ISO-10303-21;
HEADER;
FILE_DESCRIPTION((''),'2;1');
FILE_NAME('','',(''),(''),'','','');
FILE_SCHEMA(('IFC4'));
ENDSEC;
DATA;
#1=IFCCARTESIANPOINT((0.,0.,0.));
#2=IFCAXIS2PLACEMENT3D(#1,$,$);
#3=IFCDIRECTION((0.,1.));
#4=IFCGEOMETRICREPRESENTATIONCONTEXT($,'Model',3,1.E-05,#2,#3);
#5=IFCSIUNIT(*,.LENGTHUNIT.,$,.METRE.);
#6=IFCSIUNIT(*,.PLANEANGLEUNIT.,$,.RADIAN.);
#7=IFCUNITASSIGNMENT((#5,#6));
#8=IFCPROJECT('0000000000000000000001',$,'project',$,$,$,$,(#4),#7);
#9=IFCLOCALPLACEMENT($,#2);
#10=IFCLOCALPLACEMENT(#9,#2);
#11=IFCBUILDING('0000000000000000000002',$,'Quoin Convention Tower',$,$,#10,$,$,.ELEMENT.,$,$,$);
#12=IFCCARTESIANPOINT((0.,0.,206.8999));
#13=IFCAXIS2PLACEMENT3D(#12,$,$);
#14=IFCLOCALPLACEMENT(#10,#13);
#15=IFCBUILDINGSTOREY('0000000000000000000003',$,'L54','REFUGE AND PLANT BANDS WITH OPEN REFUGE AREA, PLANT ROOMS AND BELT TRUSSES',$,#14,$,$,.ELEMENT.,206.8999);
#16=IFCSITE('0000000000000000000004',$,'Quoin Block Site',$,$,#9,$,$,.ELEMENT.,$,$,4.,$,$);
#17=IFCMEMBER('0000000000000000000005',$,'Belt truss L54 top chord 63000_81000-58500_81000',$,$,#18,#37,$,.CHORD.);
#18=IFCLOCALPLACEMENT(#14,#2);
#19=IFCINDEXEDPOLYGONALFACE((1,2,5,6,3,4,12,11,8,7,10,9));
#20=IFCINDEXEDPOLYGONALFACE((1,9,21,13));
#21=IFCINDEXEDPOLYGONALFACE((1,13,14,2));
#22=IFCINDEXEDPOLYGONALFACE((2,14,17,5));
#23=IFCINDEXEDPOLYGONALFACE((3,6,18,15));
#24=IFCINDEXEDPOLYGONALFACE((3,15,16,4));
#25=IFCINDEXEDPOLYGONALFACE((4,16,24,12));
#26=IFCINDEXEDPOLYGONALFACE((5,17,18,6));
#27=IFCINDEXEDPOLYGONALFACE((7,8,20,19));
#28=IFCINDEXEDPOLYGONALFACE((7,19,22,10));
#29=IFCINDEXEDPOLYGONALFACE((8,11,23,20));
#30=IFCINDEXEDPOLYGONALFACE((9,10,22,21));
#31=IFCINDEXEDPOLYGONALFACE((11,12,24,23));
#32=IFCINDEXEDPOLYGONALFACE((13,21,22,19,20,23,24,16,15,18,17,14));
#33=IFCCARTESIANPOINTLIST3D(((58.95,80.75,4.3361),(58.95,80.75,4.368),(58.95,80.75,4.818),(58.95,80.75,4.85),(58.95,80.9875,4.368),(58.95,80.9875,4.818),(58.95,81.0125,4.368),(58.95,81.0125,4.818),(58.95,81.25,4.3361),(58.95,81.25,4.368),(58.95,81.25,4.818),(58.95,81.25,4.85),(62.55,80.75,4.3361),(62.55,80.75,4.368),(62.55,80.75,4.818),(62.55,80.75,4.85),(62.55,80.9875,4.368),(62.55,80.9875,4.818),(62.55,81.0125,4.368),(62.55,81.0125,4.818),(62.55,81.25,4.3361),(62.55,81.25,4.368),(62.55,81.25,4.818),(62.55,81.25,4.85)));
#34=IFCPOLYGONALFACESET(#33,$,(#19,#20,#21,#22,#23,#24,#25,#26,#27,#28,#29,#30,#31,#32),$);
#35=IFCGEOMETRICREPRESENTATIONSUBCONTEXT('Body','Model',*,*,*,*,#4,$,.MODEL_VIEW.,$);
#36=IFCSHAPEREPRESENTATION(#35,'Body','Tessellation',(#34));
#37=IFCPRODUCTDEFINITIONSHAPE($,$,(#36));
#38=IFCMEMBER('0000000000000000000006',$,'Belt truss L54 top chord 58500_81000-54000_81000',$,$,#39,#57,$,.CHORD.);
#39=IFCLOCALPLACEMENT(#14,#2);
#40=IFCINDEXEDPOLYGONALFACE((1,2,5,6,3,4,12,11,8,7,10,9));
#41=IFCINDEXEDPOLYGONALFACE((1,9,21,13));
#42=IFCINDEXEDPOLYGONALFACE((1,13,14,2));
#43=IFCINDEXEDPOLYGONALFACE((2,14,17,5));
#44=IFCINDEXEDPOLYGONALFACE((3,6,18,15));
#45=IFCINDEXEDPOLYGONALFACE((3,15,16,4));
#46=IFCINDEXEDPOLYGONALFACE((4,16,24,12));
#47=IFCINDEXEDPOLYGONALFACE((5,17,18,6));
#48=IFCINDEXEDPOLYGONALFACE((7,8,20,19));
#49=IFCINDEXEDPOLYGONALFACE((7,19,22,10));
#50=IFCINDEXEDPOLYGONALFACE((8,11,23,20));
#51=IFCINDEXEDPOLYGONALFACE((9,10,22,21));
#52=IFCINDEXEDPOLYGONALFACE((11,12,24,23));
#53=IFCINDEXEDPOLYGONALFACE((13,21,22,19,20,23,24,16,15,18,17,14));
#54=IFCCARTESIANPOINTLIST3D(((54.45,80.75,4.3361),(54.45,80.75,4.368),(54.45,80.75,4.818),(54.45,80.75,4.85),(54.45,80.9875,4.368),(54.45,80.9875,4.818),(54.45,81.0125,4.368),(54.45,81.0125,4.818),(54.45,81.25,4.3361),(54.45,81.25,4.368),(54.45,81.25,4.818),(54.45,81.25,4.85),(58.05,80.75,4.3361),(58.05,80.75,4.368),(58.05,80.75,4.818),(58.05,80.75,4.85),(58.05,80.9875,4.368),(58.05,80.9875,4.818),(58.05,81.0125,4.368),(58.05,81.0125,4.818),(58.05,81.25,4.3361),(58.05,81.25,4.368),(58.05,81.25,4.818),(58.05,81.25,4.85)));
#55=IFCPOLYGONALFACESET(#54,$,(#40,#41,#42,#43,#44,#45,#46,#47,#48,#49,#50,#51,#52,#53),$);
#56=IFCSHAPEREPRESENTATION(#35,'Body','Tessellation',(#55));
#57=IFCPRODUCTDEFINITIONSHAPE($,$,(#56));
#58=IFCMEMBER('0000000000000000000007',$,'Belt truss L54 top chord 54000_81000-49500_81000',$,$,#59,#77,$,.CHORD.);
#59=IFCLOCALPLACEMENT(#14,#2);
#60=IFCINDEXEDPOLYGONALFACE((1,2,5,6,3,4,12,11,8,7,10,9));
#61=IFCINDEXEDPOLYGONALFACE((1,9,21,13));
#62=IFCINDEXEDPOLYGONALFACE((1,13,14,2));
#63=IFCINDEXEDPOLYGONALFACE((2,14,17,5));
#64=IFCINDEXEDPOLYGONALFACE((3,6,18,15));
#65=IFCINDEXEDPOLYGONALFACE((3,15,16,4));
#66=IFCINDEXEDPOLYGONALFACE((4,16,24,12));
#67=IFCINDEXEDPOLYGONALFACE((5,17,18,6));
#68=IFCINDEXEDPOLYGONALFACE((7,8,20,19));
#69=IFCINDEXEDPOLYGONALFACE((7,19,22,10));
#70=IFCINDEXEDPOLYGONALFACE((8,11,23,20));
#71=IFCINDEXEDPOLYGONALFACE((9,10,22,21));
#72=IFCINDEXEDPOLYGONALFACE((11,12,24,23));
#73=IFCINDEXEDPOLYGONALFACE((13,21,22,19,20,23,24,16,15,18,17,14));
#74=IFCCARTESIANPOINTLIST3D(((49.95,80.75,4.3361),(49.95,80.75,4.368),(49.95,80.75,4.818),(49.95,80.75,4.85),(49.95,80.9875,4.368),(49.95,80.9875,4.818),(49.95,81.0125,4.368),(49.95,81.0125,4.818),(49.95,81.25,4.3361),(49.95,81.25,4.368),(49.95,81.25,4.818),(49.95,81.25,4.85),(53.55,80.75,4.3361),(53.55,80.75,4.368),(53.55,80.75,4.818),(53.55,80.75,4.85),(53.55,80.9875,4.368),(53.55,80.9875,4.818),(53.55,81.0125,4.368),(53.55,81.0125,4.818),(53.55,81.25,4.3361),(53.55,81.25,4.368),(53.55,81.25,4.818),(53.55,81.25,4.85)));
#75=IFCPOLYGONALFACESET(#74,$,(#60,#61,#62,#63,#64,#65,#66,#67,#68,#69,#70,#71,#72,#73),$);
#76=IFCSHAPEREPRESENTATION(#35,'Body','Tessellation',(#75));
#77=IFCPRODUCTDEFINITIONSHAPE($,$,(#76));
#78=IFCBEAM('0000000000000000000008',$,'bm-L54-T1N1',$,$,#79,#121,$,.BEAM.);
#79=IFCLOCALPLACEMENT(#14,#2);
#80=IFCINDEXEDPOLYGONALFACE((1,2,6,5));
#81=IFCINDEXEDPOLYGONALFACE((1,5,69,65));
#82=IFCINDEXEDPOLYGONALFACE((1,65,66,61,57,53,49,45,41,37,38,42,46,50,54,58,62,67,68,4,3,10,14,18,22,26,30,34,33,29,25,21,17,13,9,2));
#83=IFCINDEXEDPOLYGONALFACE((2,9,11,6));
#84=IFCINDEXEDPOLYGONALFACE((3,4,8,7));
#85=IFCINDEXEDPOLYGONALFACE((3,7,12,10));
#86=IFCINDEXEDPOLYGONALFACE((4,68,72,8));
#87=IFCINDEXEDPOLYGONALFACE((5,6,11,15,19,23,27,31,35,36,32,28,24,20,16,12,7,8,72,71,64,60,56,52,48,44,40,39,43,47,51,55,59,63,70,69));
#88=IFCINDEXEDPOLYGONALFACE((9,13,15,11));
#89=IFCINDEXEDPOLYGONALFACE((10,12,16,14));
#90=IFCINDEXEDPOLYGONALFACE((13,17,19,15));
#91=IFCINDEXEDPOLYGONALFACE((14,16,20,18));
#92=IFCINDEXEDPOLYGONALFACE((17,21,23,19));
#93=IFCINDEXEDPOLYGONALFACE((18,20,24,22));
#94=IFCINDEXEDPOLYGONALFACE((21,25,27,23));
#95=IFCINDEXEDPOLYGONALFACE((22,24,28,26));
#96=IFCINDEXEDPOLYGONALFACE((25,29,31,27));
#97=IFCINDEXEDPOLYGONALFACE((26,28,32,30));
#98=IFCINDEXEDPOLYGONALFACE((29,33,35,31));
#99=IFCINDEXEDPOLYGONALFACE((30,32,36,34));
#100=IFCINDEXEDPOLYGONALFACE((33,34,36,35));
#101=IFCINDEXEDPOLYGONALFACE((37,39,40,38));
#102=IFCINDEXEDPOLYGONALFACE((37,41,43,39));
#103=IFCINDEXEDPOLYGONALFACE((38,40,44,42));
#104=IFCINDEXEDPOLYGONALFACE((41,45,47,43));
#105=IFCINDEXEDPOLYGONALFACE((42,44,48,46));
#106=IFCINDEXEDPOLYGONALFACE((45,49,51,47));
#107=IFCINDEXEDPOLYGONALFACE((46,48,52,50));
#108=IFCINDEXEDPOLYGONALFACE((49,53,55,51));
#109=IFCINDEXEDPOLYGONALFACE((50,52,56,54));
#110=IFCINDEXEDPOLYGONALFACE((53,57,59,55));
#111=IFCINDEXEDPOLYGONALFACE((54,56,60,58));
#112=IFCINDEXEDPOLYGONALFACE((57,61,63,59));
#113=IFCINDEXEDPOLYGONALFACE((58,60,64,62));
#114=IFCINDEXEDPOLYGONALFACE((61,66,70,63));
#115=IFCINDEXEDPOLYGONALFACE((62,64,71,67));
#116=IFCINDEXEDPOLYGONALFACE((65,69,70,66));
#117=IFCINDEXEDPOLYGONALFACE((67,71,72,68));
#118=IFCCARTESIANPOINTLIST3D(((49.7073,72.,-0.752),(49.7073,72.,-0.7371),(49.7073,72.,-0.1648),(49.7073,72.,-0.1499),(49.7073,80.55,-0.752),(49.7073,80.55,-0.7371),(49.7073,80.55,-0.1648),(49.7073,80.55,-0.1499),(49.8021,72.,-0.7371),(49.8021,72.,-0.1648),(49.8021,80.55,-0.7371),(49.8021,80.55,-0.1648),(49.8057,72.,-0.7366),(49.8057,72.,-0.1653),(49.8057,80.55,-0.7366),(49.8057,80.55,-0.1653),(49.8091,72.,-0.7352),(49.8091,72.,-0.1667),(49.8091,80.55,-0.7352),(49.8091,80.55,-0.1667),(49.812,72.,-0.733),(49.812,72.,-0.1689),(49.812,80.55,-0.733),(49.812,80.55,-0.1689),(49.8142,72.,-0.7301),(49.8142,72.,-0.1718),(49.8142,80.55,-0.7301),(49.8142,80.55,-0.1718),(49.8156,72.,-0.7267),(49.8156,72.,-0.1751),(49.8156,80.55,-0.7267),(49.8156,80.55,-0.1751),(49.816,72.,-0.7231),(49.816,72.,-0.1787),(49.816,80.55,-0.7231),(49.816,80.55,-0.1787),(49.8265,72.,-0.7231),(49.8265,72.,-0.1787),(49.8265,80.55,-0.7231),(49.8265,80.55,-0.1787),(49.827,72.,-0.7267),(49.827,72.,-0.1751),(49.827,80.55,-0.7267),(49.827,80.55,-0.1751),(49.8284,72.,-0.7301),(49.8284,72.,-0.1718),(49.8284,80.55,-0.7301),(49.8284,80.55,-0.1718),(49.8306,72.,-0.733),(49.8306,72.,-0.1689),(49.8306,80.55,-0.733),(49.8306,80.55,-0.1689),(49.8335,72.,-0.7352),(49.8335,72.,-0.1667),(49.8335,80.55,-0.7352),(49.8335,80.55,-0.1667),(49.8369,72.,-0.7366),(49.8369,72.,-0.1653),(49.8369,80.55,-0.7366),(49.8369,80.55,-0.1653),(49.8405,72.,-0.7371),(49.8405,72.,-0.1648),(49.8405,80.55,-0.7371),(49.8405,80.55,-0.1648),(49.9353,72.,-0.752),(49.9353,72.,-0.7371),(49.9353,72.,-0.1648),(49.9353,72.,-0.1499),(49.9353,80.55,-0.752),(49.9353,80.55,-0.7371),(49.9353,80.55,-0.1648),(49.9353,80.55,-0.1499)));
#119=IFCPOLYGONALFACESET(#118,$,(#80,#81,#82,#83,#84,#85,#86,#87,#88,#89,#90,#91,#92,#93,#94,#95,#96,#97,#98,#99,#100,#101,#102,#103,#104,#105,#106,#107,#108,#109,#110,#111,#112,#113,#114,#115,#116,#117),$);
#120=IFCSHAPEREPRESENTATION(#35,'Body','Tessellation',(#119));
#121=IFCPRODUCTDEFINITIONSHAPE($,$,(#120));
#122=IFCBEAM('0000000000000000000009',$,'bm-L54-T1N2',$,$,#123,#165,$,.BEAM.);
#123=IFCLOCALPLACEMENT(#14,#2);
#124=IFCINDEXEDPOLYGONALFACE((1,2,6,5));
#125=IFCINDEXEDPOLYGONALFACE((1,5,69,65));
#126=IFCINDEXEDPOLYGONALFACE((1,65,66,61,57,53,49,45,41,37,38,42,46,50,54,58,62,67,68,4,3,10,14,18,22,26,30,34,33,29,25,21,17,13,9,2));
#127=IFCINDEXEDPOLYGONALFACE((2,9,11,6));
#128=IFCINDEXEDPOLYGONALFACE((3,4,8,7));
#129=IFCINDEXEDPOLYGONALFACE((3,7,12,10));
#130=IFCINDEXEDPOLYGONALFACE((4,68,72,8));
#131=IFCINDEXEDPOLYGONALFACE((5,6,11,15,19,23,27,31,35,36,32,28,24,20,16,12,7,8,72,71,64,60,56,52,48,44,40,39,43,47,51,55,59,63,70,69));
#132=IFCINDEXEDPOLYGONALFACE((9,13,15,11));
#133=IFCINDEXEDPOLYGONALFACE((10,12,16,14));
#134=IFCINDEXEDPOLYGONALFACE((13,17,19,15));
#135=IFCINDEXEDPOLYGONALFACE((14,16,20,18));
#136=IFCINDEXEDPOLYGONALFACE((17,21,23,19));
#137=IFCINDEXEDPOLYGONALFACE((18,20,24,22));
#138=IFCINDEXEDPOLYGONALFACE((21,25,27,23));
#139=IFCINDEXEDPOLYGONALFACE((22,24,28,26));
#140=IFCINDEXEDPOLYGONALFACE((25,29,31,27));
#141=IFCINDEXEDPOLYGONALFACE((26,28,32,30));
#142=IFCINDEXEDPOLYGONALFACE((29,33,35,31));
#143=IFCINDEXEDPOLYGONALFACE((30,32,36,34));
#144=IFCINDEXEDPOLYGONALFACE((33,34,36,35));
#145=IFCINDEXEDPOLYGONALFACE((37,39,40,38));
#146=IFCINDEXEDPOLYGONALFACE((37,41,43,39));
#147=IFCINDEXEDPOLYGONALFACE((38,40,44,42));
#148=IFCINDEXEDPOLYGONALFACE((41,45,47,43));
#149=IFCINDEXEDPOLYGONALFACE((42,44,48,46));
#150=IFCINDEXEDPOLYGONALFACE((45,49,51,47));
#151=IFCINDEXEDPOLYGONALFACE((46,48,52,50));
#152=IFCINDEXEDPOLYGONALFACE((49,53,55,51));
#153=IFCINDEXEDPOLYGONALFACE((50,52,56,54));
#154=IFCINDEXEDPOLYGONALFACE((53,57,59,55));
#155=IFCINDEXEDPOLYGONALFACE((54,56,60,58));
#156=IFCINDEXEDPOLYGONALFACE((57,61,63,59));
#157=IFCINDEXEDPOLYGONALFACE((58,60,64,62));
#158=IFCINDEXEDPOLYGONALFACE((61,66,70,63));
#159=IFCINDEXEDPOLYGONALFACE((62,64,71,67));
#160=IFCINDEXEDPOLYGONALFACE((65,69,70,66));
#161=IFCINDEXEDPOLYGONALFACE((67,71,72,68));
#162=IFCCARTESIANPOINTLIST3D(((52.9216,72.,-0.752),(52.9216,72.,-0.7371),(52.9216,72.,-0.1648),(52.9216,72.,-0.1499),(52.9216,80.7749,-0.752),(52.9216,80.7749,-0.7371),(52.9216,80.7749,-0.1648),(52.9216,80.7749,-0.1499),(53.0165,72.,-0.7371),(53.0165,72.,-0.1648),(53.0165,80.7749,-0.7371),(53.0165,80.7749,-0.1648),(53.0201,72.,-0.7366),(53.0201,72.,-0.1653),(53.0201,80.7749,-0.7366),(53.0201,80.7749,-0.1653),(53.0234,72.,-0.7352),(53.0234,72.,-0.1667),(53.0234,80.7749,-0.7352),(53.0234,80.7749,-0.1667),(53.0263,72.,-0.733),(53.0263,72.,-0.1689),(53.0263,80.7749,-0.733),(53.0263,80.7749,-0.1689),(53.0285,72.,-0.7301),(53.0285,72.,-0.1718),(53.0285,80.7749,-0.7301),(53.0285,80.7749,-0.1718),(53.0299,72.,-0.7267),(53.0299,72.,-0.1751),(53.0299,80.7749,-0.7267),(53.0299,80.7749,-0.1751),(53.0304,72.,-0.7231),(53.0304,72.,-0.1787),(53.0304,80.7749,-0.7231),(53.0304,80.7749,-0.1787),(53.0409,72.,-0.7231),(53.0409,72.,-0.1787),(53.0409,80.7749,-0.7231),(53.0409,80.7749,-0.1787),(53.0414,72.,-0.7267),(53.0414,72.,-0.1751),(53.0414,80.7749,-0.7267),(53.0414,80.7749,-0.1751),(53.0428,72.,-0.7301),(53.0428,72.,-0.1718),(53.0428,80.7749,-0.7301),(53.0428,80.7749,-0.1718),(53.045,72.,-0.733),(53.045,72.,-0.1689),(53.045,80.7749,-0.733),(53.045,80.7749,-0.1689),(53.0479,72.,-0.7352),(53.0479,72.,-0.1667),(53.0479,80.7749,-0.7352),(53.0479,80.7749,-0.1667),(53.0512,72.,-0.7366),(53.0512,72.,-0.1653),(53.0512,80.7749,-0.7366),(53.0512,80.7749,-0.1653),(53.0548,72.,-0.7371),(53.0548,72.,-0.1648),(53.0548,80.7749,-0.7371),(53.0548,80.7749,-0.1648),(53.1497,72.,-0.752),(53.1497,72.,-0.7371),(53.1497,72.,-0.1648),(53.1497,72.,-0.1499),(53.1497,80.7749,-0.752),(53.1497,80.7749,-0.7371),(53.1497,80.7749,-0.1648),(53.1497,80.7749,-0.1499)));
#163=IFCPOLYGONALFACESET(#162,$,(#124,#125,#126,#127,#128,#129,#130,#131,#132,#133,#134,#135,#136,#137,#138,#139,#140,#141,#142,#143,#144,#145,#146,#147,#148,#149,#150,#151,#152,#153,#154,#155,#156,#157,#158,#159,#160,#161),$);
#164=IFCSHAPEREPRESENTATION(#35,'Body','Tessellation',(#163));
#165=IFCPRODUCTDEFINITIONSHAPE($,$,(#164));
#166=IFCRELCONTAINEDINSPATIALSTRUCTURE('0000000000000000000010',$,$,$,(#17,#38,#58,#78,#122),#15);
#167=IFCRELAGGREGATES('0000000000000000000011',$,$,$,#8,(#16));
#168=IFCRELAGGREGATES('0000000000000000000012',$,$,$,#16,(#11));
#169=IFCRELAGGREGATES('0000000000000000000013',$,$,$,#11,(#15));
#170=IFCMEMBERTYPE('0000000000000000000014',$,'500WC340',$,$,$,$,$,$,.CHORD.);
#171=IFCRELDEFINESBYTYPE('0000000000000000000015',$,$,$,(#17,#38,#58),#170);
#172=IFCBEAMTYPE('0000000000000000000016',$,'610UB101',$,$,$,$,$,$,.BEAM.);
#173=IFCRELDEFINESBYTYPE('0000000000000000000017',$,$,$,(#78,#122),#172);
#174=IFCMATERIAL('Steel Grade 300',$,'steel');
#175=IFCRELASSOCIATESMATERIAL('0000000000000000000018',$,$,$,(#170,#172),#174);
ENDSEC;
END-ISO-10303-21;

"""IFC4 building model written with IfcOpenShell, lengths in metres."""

from ifc_helpers import new_model, si_unit, direction, frame, origin, origin_2d, place, context, subcontext, project, spatial, i_section, extrude, material, material_profile, profile_set, type_object, element, save


model = new_model("IFC4")

# Units and contexts
model_context = context("Model", 3, precision=1e-05, world=origin(), true_north=direction((0.0, 1.0)))
body_context = subcontext(model_context, "Body", "Model", "MODEL_VIEW")
ifc_project = project(units=[si_unit("LENGTHUNIT", "METRE"), si_unit("PLANEANGLEUNIT", "RADIAN")], contexts=[model_context])

# Site, building, storey
site_placement = place(None, origin())
site = spatial("IfcSite", under=ifc_project, at=site_placement, Name="Quoin Block Site", CompositionType="ELEMENT", RefElevation=4.0)
building_placement = place(site_placement, origin())
building = spatial("IfcBuilding", under=site, at=building_placement, Name="Quoin Convention Tower", CompositionType="ELEMENT")
storey_placement = place(building_placement, frame((0.0, 0.0, 206.8999)))
storey = spatial("IfcBuildingStorey", under=building, at=storey_placement, Name="L54", Description="REFUGE AND PLANT BANDS WITH OPEN REFUGE AREA, PLANT ROOMS AND BELT TRUSSES", CompositionType="ELEMENT", Elevation=206.8999)

# Members
ifc_material_1 = material(Name="Steel Grade 300", Category="steel")
ifc_material_profile_1 = material_profile(ifc_material_1, i_section(OverallWidth=0.5, OverallDepth=0.5139, WebThickness=0.0249, FlangeThickness=0.032, at=origin_2d()), Name="500WC340")
ifc_profile_set_1 = profile_set([ifc_material_profile_1], Name="Steel Grade 300")
member_type_1 = type_object("IfcMemberType", Name="500WC340", PredefinedType="CHORD", material=ifc_profile_set_1)
for number, where, z_axis, x_axis, name in (
    (1, (62.55, 81.0, 4.593), (-1.0, 0.0, 0.0), (0.0, -1.0, 0.0), "Belt truss L54 top chord 63000_81000-58500_81000"),
    (2, (58.05, 81.0, 4.593), (-1.0, 0.0, 0.0), (0.0, -1.0, 0.0), "Belt truss L54 top chord 58500_81000-54000_81000"),
    (3, (53.55, 81.0, 4.593), (-1.0, 0.0, 0.0), (0.0, -1.0, 0.0), "Belt truss L54 top chord 54000_81000-49500_81000"),
):
    element("IfcMember", number, at=place(storey_placement, frame(where, z_axis=z_axis, x_axis=x_axis)), inside=storey, type_object=member_type_1, Name=name, PredefinedType="CHORD", context=body_context, shape_type="SweptSolid", body=[
        extrude(i_section(OverallWidth=0.5, OverallDepth=0.5139, WebThickness=0.0249, FlangeThickness=0.032, at=origin_2d()), origin(), (0.0, 0.0, 1.0), 3.6001),
    ])

# Beams
ifc_material_profile_2 = material_profile(ifc_material_1, i_section(OverallWidth=0.228, OverallDepth=0.6021, WebThickness=0.0105, FlangeThickness=0.0149, FilletRadius=0.0139, at=origin_2d()), Name="610UB101")
ifc_profile_set_2 = profile_set([ifc_material_profile_2], Name="Steel Grade 300")
beam_type_1 = type_object("IfcBeamType", Name="610UB101", PredefinedType="BEAM", material=ifc_profile_set_2)
beam_1_placement = place(storey_placement, frame((49.8213, 72.0, -0.4509), z_axis=(0.0, 1.0, 0.0), x_axis=(-1.0, 0.0, 0.0)))
element("IfcBeam", 4, at=beam_1_placement, inside=storey, type_object=beam_type_1, Name="bm-L54-T1N1", PredefinedType="BEAM", context=body_context, shape_type="SweptSolid", body=[
    extrude(i_section(OverallWidth=0.228, OverallDepth=0.6021, WebThickness=0.0105, FlangeThickness=0.0149, FilletRadius=0.0139, at=origin_2d()), origin(), (0.0, 0.0, 1.0), 8.55),
])
for number, where, z_axis, x_axis, name in (
    (5, (53.0356, 72.0, -0.4509), (0.0, 1.0, 0.0), (-1.0, 0.0, 0.0), "bm-L54-T1N2"),
):
    element("IfcBeam", number, at=place(storey_placement, frame(where, z_axis=z_axis, x_axis=x_axis)), inside=storey, type_object=beam_type_1, Name=name, PredefinedType="BEAM", context=body_context, shape_type="SweptSolid", body=[
        extrude(i_section(OverallWidth=0.228, OverallDepth=0.6021, WebThickness=0.0105, FlangeThickness=0.0149, FilletRadius=0.0139, at=origin_2d()), origin(), (0.0, 0.0, 1.0), 8.7749),
    ])

save(model, "model.ifc")
